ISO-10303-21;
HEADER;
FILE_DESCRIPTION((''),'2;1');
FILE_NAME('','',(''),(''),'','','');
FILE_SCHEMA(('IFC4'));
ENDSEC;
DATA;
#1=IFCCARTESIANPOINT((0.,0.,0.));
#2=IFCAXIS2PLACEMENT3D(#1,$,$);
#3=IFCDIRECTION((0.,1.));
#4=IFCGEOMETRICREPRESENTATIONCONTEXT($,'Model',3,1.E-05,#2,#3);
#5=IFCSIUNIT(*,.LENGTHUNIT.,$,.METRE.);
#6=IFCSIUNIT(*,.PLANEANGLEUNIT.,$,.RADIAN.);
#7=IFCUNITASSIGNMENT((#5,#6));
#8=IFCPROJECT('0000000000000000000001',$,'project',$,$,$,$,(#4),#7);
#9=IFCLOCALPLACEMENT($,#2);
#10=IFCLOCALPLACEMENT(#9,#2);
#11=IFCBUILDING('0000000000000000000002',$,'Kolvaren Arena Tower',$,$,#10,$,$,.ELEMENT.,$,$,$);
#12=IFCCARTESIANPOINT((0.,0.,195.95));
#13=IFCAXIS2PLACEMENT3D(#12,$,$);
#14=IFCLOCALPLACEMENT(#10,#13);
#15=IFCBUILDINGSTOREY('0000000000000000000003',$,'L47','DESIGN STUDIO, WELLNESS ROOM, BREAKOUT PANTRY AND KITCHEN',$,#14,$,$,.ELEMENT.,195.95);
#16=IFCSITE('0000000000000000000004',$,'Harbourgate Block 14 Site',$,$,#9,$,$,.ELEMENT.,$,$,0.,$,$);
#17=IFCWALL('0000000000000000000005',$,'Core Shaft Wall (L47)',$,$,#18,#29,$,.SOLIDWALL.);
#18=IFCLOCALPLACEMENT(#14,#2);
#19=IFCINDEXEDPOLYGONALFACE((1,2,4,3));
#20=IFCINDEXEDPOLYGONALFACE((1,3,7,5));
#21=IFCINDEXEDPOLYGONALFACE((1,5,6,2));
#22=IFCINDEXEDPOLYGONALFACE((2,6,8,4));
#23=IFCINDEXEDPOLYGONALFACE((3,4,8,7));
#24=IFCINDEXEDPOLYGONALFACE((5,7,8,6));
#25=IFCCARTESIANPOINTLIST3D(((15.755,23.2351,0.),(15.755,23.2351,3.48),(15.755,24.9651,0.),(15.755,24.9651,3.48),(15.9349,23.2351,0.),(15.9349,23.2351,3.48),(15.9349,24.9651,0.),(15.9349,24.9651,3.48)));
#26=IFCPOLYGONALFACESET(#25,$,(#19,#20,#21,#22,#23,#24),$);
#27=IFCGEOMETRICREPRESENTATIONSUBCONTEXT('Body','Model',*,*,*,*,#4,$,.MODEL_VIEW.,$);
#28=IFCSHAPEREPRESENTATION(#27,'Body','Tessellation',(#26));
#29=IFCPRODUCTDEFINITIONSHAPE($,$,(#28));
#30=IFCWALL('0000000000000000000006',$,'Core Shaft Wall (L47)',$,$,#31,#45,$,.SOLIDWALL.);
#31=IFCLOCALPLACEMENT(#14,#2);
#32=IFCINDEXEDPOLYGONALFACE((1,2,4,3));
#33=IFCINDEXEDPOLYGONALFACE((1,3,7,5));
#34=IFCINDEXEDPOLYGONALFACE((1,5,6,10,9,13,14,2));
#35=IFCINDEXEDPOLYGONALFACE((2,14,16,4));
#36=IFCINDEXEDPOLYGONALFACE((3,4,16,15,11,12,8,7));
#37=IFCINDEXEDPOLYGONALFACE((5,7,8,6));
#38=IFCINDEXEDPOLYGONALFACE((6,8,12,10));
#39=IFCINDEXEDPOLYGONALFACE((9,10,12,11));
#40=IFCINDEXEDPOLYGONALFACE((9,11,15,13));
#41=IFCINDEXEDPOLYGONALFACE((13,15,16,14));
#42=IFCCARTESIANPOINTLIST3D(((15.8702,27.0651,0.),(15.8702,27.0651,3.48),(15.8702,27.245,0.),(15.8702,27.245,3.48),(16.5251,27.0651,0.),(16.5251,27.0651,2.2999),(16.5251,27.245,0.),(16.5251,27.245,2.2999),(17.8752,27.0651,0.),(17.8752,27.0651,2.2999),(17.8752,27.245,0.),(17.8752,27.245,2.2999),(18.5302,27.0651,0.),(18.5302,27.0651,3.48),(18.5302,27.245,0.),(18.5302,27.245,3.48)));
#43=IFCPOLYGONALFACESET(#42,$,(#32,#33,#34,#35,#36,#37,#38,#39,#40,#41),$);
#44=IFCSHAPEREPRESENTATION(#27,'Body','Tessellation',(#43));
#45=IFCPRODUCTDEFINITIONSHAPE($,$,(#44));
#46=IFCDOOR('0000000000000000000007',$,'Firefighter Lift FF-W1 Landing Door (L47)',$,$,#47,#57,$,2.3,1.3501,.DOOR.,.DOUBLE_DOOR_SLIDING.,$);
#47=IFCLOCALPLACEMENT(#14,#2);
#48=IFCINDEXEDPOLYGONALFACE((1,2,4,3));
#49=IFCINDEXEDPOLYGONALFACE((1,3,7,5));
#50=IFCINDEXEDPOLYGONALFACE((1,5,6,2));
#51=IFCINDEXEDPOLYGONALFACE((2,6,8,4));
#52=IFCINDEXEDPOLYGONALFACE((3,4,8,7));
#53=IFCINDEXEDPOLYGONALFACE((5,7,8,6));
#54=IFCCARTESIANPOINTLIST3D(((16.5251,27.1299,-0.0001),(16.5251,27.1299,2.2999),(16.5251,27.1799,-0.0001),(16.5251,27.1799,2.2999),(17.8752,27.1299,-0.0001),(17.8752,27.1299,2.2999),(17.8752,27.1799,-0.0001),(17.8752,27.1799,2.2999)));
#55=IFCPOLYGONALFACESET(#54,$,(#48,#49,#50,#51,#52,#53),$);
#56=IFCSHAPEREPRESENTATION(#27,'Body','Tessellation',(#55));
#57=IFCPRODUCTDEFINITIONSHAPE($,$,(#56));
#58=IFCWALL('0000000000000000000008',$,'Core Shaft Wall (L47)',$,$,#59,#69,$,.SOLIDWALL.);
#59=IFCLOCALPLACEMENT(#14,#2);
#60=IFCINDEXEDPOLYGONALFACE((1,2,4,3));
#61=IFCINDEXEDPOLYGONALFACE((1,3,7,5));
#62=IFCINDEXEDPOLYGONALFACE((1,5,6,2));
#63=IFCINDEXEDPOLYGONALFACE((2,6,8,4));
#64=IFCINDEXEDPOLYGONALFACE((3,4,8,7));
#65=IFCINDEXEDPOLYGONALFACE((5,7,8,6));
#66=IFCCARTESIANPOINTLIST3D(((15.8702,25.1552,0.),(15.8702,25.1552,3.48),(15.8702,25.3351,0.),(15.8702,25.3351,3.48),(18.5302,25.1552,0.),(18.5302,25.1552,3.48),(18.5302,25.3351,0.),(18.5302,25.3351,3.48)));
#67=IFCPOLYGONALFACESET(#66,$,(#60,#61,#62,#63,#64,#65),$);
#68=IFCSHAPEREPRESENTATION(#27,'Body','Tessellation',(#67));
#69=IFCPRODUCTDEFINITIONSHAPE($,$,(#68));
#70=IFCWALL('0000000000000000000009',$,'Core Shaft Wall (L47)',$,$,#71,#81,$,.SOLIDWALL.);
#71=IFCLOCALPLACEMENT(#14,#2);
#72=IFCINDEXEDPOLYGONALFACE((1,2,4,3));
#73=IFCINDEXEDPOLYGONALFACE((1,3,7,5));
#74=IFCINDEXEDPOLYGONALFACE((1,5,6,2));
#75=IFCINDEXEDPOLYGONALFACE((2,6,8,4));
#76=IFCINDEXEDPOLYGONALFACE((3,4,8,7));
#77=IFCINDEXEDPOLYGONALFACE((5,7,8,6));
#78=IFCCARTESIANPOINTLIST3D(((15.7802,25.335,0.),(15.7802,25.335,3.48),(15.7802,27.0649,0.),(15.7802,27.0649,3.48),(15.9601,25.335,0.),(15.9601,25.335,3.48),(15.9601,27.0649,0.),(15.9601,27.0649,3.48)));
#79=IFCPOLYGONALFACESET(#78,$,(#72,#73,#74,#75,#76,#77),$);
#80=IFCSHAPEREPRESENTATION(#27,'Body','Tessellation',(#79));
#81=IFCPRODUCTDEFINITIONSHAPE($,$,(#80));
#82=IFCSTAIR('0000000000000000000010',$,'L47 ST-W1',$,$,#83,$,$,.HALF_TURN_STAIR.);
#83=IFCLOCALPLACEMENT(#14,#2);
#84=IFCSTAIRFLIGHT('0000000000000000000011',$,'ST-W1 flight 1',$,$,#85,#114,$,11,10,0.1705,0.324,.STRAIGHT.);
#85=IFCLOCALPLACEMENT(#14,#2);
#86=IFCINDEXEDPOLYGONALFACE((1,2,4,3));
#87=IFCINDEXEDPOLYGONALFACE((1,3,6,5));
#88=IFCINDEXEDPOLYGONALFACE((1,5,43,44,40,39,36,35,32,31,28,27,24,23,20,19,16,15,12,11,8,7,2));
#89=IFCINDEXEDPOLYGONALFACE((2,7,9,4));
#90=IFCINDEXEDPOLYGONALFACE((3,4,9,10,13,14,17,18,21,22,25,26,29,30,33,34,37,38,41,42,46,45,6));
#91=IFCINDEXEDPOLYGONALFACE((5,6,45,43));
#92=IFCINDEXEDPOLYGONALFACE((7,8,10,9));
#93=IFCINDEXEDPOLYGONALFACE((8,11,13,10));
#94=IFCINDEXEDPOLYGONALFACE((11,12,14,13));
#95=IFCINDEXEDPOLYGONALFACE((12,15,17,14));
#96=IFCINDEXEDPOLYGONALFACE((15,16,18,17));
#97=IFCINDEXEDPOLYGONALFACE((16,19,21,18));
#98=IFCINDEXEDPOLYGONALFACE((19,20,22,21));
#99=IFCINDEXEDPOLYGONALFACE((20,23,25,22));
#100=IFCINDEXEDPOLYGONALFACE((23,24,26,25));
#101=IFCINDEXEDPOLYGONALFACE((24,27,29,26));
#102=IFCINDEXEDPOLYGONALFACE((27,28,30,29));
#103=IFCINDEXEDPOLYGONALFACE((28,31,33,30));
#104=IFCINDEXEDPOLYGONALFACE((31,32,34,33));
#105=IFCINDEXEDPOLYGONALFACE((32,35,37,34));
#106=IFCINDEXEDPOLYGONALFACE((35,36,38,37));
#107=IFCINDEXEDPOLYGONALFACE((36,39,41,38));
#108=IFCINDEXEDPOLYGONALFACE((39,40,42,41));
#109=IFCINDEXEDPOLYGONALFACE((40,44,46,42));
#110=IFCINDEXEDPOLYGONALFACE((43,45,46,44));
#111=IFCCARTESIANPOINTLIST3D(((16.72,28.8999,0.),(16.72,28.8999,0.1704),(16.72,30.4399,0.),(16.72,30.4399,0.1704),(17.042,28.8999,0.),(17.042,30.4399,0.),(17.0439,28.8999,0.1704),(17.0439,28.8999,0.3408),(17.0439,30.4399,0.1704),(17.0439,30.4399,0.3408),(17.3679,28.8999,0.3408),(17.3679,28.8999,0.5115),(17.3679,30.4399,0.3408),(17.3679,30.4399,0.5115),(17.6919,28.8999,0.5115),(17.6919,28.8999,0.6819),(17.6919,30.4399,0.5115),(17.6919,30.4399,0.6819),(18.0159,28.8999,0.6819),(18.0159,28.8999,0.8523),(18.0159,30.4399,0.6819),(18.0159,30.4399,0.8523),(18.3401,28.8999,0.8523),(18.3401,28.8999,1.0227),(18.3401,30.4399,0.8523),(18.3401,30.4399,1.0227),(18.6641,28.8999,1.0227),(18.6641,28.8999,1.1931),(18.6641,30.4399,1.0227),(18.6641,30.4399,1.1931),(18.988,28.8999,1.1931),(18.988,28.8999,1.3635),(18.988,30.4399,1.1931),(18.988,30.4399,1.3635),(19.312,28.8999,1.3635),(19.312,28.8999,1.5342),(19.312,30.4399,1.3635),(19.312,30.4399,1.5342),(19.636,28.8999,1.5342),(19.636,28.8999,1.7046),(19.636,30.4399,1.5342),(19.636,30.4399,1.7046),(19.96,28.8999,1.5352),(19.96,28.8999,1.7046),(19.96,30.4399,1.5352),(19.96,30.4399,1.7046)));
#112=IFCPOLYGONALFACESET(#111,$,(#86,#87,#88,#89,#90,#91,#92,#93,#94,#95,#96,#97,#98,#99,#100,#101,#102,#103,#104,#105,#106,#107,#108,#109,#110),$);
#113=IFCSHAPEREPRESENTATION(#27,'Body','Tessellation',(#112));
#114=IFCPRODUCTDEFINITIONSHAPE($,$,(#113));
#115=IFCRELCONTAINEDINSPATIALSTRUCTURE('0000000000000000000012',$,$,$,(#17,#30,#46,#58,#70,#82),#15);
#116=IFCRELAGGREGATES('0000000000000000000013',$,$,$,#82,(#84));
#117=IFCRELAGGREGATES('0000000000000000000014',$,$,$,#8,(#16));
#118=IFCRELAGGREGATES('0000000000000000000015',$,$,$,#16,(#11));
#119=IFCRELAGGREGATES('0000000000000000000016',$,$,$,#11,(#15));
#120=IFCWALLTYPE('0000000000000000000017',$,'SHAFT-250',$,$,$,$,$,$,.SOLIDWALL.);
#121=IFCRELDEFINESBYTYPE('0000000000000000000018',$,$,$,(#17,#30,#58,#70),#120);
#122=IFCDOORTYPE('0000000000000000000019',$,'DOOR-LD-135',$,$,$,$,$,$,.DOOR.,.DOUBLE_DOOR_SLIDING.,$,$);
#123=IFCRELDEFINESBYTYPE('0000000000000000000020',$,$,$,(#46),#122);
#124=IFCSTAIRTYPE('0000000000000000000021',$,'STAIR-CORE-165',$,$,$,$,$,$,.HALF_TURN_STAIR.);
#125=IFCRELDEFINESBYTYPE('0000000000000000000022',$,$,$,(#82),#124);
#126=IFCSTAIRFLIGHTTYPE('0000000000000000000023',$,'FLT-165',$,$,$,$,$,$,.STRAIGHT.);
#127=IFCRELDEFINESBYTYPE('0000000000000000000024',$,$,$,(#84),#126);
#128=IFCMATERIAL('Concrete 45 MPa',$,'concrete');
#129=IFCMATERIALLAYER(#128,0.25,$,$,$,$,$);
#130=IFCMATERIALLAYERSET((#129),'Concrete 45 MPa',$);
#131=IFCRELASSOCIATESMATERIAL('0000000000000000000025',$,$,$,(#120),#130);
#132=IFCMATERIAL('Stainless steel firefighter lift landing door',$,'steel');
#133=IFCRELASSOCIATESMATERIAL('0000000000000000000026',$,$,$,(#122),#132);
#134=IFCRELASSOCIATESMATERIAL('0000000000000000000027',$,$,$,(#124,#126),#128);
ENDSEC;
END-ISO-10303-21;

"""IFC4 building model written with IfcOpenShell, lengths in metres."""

from ifc_helpers import new_model, si_unit, direction, frame, frame_2d, origin, place, context, subcontext, project, spatial, polyline, rectangle, outline, extrude, material, layer, layer_set, type_object, element, fill, aggregate, save


model = new_model("IFC4")

# Units and contexts
model_context = context("Model", 3, precision=1e-05, world=origin(), true_north=direction((0.0, 1.0)))
body_context = subcontext(model_context, "Body", "Model", "MODEL_VIEW")
ifc_project = project(units=[si_unit("LENGTHUNIT", "METRE"), si_unit("PLANEANGLEUNIT", "RADIAN")], contexts=[model_context])

# Site, building, storey
site_placement = place(None, origin())
site = spatial("IfcSite", under=ifc_project, at=site_placement, Name="Harbourgate Block 14 Site", CompositionType="ELEMENT", RefElevation=0.0)
building_placement = place(site_placement, origin())
building = spatial("IfcBuilding", under=site, at=building_placement, Name="Kolvaren Arena Tower", CompositionType="ELEMENT")
storey_placement = place(building_placement, frame((0.0, 0.0, 195.95)))
storey = spatial("IfcBuildingStorey", under=building, at=storey_placement, Name="L47", Description="DESIGN STUDIO, WELLNESS ROOM, BREAKOUT PANTRY AND KITCHEN", CompositionType="ELEMENT", Elevation=195.95)

# Shared definitions
ifc_material_1 = material(Name="Concrete 45 MPa", Category="concrete")
ifc_layer = layer(ifc_material_1, 0.25)
ifc_layer_set = layer_set([ifc_layer], Name="Concrete 45 MPa")
wall_type = type_object("IfcWallType", Name="SHAFT-250", PredefinedType="SOLIDWALL", material=ifc_layer_set)

# Wall
wall_1_placement = place(storey_placement, frame((15.845, 23.2351, 0.0), z_axis=(0.0, 0.0, 1.0), x_axis=(0.0, 1.0, 0.0)))
element("IfcWall", 1, at=wall_1_placement, inside=storey, type_object=wall_type, Name="Core Shaft Wall (L47)", PredefinedType="SOLIDWALL", context=body_context, shape_type="SweptSolid", body=[
    extrude(rectangle(XDim=1.73, YDim=0.1799, at=frame_2d((0.865, 0.0))), origin(), (0.0, 0.0, 1.0), 3.48),
])

# Wall, opening, door
wall_2_placement = place(storey_placement, frame((15.8701, 27.155, 0.0), z_axis=(0.0, 0.0, 1.0), x_axis=(1.0, 0.0, 0.0)))
wall_2 = element("IfcWall", 2, at=wall_2_placement, inside=storey, type_object=wall_type, Name="Core Shaft Wall (L47)", PredefinedType="SOLIDWALL", context=body_context, shape_type="SweptSolid", body=[
    extrude(rectangle(XDim=2.6599, YDim=0.1799, at=frame_2d((1.3301, 0.0))), origin(), (0.0, 0.0, 1.0), 3.48),
])
opening_1_placement = place(wall_2_placement, frame((0.655, 0.0, 0.0)))
opening_1 = element("IfcOpeningElement", 3, at=opening_1_placement, cuts=wall_2, PredefinedType="OPENING", context=body_context, shape_type="SweptSolid", body=[
    extrude(rectangle(XDim=1.3501, YDim=2.3, at=frame_2d((0.675, 1.1499))), frame((0.0, 0.0999, 0.0), z_axis=(0.0, -1.0, 0.0), x_axis=(1.0, 0.0, 0.0)), (0.0, 0.0, 1.0), 0.2),
])
ifc_material_2 = material(Name="Stainless steel firefighter lift landing door", Category="steel")
door_type_1 = type_object("IfcDoorType", Name="DOOR-LD-135", OperationType="DOUBLE_DOOR_SLIDING", PredefinedType="DOOR", material=ifc_material_2)
door_1_placement = place(opening_1_placement, origin())
door_1 = element("IfcDoor", 4, at=door_1_placement, inside=storey, type_object=door_type_1, Name="Firefighter Lift FF-W1 Landing Door (L47)", OperationType="DOUBLE_DOOR_SLIDING", OverallHeight=2.3, OverallWidth=1.3501, PredefinedType="DOOR", context=body_context, shape_type="SweptSolid", body=[
    extrude(rectangle(XDim=1.3501, YDim=2.3, at=frame_2d((0.675, 1.1499))), frame((0.0, 0.0249, 0.0), z_axis=(0.0, -1.0, 0.0), x_axis=(1.0, 0.0, 0.0)), (0.0, 0.0, 1.0), 0.05),
])
fill(opening_1, door_1)

# Walls
wall_3_placement = place(storey_placement, frame((15.8701, 25.2451, 0.0), z_axis=(0.0, 0.0, 1.0), x_axis=(1.0, 0.0, 0.0)))
element("IfcWall", 5, at=wall_3_placement, inside=storey, type_object=wall_type, Name="Core Shaft Wall (L47)", PredefinedType="SOLIDWALL", context=body_context, shape_type="SweptSolid", body=[
    extrude(rectangle(XDim=2.6599, YDim=0.1799, at=frame_2d((1.3301, 0.0))), origin(), (0.0, 0.0, 1.0), 3.48),
])
wall_4_placement = place(storey_placement, frame((15.8701, 25.335, 0.0), z_axis=(0.0, 0.0, 1.0), x_axis=(0.0, 1.0, 0.0)))
element("IfcWall", 6, at=wall_4_placement, inside=storey, type_object=wall_type, Name="Core Shaft Wall (L47)", PredefinedType="SOLIDWALL", context=body_context, shape_type="SweptSolid", body=[
    extrude(rectangle(XDim=1.73, YDim=0.1799, at=frame_2d((0.865, 0.0))), origin(), (0.0, 0.0, 1.0), 3.48),
])

# Stair, stair flight
stair_type = type_object("IfcStairType", Name="STAIR-CORE-165", PredefinedType="HALF_TURN_STAIR", material=ifc_material_1)
stair_placement = place(storey_placement, origin())
stair = element("IfcStair", 7, at=stair_placement, inside=storey, type_object=stair_type, Name="L47 ST-W1", PredefinedType="HALF_TURN_STAIR")
stair_flight_type = type_object("IfcStairFlightType", Name="FLT-165", PredefinedType="STRAIGHT", material=ifc_material_1)
stair_flight_placement = place(storey_placement, frame((16.72, 29.6699, 0.0), z_axis=(0.0, 0.0, 1.0), x_axis=(1.0, 0.0, 0.0)))
stair_flight = element("IfcStairFlight", 8, at=stair_flight_placement, type_object=stair_flight_type, Name="ST-W1 flight 1", NumberOfRisers=11, NumberOfTreads=10, PredefinedType="STRAIGHT", RiserHeight=0.1705, TreadLength=0.324, context=body_context, shape_type="SweptSolid", body=[
    extrude(outline(polyline([(0.0, 0.0), (0.0, 0.1704), (0.324, 0.1704), (0.324, 0.3408), (0.6479, 0.3408), (0.6479, 0.5115), (0.9719, 0.5115), (0.9719, 0.6819), (1.2959, 0.6819), (1.2959, 0.8523), (1.6201, 0.8523), (1.6201, 1.0227), (1.9441, 1.0227), (1.9441, 1.1931), (2.2681, 1.1931), (2.2681, 1.3635), (2.592, 1.3635), (2.592, 1.5342), (2.916, 1.5342), (2.916, 1.7046), (3.24, 1.7046), (3.24, 1.875), (3.24, 1.5352), (0.322, 0.0), (0.0, 0.0)])), frame((0.0, 0.77, 0.0), z_axis=(0.0, -1.0, 0.0), x_axis=(1.0, 0.0, 0.0)), (0.0, 0.0, 1.0), 1.54),
])
aggregate(stair, [stair_flight])

save(model, "model.ifc")
